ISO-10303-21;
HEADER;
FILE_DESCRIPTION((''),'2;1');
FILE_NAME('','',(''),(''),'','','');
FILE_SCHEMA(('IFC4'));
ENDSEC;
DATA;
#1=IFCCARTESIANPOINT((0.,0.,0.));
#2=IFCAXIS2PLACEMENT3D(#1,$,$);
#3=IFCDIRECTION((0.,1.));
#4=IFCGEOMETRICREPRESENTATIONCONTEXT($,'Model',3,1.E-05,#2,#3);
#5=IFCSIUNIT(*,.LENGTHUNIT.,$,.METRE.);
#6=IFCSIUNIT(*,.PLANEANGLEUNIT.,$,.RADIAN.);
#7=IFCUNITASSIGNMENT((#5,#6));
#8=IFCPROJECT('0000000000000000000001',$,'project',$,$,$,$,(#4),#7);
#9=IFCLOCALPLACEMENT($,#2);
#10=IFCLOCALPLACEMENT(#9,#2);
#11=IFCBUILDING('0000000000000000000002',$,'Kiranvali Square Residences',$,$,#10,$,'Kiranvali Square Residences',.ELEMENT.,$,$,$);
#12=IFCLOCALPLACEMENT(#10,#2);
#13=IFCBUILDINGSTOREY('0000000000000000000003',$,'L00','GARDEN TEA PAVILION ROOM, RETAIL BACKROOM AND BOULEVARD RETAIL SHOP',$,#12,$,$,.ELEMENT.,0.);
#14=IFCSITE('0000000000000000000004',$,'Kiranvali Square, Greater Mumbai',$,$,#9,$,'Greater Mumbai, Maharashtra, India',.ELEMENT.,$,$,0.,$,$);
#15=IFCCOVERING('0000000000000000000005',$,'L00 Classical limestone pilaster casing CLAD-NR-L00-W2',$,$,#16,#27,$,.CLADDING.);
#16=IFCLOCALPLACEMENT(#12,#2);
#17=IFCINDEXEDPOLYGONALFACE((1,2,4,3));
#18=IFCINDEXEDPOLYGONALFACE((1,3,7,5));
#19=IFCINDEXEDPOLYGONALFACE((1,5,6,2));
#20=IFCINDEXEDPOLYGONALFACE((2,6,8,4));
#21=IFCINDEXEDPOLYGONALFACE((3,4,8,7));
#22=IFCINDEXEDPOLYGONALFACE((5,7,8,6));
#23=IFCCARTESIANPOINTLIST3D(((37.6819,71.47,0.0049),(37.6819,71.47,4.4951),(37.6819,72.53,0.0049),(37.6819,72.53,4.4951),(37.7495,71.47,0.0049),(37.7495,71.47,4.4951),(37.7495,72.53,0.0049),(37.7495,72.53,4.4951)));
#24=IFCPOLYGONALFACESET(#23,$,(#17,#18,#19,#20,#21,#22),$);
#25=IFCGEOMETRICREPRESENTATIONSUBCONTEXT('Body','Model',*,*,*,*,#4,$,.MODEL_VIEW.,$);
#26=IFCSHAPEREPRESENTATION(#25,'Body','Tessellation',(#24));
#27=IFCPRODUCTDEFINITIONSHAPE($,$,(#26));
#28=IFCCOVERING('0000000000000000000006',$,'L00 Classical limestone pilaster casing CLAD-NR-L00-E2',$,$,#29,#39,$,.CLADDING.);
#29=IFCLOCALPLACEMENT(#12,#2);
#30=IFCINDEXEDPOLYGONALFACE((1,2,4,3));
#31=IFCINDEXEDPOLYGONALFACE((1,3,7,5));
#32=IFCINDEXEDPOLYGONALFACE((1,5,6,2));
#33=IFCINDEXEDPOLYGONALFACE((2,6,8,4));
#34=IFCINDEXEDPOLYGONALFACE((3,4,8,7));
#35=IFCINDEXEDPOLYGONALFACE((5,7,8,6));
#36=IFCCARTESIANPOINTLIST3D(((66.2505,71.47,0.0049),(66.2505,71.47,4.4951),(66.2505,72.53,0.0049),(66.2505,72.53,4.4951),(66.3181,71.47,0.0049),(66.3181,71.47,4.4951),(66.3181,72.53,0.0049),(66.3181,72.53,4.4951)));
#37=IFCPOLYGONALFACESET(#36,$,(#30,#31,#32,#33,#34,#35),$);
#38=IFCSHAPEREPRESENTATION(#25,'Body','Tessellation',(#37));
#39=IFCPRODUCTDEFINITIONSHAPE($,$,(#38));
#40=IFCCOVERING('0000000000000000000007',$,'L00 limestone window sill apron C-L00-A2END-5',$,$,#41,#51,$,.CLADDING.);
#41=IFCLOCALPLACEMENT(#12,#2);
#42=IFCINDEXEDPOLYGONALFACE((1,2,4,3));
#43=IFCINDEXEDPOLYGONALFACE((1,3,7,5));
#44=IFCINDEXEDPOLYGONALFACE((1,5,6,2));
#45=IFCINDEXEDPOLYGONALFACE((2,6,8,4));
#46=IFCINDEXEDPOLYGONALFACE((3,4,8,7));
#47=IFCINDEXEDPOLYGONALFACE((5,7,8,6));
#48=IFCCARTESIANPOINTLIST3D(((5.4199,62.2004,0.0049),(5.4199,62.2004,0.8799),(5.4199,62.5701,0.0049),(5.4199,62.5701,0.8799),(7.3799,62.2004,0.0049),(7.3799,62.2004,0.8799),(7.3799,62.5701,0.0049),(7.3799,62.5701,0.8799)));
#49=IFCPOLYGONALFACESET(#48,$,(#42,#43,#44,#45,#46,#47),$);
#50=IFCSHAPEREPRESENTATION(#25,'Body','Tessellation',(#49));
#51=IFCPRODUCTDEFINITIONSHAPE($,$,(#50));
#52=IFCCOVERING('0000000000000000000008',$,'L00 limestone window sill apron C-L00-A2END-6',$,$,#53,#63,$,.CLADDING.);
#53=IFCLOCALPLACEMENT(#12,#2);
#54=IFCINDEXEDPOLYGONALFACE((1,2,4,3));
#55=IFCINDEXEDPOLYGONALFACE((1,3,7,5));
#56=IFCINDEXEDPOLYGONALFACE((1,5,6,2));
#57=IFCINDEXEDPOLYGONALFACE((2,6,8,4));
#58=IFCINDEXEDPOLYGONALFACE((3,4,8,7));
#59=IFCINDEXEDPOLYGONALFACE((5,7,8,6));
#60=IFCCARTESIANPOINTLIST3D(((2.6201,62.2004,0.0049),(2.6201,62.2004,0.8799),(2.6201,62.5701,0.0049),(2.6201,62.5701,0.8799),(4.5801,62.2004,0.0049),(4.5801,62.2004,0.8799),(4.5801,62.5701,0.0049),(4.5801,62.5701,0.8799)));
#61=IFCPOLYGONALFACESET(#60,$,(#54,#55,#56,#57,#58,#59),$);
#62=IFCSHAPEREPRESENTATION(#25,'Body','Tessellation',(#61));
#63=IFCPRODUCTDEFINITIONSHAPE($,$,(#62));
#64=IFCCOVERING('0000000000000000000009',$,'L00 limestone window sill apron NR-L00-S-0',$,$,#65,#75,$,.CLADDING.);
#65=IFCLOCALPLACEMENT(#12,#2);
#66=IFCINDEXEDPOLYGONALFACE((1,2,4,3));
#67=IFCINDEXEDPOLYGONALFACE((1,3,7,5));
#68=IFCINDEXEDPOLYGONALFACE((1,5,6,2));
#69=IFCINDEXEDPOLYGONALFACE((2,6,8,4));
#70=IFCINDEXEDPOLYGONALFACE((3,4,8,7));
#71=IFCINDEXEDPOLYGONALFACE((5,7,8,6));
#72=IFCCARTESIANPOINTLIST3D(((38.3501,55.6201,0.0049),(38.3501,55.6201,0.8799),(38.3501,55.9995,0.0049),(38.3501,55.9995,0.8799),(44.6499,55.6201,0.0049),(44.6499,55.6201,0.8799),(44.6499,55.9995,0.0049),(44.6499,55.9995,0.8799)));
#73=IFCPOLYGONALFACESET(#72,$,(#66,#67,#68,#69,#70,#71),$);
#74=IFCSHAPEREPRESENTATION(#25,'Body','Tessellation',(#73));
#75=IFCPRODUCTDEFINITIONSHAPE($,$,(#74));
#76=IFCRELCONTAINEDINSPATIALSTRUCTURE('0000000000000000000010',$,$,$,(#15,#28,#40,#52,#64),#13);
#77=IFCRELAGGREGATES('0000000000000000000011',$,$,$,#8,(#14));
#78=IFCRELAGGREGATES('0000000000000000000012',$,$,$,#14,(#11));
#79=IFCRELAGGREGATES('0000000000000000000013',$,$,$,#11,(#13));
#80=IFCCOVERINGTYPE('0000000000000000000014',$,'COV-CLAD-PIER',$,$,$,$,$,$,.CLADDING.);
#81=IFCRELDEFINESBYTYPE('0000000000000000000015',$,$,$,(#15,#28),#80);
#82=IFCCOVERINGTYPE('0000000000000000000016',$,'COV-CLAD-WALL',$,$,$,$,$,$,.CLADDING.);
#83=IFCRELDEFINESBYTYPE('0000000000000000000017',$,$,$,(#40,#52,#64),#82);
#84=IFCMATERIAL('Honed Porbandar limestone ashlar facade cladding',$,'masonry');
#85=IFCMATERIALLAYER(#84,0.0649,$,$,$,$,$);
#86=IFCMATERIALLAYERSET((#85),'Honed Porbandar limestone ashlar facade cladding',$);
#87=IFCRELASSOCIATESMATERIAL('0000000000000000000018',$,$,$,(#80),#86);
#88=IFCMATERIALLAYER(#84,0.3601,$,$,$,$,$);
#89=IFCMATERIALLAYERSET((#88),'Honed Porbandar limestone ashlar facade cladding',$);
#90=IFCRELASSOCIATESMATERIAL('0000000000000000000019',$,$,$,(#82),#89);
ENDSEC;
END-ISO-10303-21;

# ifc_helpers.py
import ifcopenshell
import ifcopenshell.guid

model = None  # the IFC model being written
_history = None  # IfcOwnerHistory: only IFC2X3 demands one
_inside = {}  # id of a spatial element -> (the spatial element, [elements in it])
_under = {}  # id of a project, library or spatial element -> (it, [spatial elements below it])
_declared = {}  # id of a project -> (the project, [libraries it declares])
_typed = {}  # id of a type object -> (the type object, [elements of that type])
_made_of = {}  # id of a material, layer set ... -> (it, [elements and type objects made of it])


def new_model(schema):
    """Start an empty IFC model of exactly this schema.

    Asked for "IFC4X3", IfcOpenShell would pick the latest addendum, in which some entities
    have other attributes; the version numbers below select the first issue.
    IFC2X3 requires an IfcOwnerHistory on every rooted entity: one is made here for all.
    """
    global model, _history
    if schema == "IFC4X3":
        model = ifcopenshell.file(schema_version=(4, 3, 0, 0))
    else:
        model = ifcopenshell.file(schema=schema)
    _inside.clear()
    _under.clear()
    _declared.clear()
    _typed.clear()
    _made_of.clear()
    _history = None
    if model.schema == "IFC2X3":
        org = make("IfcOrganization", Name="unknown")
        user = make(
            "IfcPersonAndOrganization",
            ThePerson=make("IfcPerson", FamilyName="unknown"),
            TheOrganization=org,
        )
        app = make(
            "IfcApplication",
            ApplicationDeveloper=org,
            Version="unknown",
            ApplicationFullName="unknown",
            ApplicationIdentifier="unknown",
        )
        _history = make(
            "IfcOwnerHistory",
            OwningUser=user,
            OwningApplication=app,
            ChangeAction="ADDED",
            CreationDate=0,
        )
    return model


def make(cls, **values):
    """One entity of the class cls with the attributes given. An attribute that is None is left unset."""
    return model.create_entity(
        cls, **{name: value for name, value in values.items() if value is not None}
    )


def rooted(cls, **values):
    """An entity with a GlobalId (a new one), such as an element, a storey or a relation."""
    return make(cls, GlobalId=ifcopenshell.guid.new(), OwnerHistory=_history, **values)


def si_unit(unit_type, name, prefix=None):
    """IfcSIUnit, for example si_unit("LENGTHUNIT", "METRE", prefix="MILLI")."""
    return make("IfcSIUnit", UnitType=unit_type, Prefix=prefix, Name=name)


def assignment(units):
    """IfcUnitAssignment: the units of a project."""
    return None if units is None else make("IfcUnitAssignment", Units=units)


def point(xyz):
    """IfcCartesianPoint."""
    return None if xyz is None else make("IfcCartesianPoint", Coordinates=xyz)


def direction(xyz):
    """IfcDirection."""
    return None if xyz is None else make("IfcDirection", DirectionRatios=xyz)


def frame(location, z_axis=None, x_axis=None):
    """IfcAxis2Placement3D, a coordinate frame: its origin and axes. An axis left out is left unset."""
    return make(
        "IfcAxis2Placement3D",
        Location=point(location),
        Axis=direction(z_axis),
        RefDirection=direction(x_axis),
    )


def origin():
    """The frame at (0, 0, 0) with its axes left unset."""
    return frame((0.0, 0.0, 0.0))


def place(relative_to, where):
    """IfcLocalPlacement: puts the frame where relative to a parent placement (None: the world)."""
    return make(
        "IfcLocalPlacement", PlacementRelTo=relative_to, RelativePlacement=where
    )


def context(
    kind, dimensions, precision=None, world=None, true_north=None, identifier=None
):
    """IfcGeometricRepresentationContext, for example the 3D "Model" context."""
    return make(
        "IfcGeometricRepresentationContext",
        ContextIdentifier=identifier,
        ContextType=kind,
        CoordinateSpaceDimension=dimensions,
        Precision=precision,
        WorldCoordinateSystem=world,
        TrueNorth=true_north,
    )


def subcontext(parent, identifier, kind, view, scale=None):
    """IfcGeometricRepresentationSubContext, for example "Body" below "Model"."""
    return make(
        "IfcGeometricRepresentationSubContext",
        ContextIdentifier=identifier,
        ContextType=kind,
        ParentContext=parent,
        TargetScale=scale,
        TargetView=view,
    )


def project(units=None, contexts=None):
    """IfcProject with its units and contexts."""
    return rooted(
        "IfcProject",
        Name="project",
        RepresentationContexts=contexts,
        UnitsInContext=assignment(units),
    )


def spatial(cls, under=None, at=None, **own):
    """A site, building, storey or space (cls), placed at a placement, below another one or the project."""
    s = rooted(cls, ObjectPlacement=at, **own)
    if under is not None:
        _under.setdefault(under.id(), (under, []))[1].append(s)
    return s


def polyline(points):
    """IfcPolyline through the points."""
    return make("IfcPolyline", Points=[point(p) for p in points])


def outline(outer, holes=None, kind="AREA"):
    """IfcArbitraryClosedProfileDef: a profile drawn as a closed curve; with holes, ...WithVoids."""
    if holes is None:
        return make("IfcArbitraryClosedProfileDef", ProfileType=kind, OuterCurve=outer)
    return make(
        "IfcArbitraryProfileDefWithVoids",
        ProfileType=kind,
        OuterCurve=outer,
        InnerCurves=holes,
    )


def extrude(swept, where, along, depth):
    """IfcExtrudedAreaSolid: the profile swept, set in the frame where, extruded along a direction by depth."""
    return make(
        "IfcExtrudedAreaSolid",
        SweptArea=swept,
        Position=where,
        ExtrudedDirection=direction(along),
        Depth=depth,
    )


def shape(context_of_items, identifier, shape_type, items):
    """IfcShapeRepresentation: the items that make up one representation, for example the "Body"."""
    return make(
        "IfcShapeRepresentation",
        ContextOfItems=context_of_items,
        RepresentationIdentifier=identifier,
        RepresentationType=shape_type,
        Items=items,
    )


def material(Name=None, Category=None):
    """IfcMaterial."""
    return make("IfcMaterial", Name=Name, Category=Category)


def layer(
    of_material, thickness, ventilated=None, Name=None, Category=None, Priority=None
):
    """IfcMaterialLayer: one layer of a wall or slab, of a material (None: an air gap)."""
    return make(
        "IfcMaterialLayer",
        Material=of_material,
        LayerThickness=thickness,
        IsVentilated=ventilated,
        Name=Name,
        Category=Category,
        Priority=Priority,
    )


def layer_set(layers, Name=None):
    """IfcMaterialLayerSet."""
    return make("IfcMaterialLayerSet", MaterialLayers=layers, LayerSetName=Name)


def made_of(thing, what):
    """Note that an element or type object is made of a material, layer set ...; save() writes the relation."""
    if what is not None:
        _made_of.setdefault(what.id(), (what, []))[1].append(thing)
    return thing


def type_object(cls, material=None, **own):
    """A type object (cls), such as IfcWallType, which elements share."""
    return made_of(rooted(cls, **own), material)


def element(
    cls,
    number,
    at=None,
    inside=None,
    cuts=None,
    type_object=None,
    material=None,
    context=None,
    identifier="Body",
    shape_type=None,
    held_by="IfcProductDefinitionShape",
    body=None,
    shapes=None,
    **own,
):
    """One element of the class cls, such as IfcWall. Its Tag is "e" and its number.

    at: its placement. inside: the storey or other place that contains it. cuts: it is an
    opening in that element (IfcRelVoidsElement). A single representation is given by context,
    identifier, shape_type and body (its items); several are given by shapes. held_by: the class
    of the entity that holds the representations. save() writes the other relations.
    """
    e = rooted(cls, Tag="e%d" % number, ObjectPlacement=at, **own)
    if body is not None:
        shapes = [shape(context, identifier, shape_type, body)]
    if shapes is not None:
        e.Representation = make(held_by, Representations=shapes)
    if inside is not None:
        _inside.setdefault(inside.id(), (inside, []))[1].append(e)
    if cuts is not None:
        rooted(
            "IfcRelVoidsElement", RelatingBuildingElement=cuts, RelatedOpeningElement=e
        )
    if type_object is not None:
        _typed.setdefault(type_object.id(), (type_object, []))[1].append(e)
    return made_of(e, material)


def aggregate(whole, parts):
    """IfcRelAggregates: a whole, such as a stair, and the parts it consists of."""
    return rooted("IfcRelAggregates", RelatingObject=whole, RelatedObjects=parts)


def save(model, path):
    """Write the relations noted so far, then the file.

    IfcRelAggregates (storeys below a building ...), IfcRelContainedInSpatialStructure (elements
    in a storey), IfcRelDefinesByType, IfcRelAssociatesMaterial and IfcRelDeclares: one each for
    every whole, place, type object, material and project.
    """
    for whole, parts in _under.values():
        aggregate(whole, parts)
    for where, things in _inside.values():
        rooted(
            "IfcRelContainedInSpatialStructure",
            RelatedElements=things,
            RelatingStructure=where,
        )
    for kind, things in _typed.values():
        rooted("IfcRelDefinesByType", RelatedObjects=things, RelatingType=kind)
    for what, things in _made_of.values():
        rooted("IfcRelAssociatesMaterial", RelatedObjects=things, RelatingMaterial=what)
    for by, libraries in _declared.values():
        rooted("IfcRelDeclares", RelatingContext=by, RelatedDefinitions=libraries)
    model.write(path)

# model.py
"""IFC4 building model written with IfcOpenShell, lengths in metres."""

from ifc_helpers import new_model, si_unit, direction, frame, origin, place, context, subcontext, project, spatial, polyline, outline, extrude, material, layer, layer_set, type_object, element, save


model = new_model("IFC4")

# Units and contexts
model_context = context("Model", 3, precision=1e-05, world=origin(), true_north=direction((0.0, 1.0)))
body_context = subcontext(model_context, "Body", "Model", "MODEL_VIEW")
ifc_project = project(units=[si_unit("LENGTHUNIT", "METRE"), si_unit("PLANEANGLEUNIT", "RADIAN")], contexts=[model_context])

# Site, building, storey
site_placement = place(None, origin())
site = spatial("IfcSite", under=ifc_project, at=site_placement, Name="Kiranvali Square, Greater Mumbai", LongName="Greater Mumbai, Maharashtra, India", CompositionType="ELEMENT", RefElevation=0.0)
building_placement = place(site_placement, origin())
building = spatial("IfcBuilding", under=site, at=building_placement, Name="Kiranvali Square Residences", LongName="Kiranvali Square Residences", CompositionType="ELEMENT")
storey_placement = place(building_placement, origin())
storey = spatial("IfcBuildingStorey", under=building, at=storey_placement, Name="L00", Description="GARDEN TEA PAVILION ROOM, RETAIL BACKROOM AND BOULEVARD RETAIL SHOP", CompositionType="ELEMENT", Elevation=0.0)

# Coverings
ifc_material = material(Name="Honed Porbandar limestone ashlar facade cladding", Category="masonry")
ifc_layer_1 = layer(ifc_material, 0.0649)
ifc_layer_set_1 = layer_set([ifc_layer_1], Name="Honed Porbandar limestone ashlar facade cladding")
covering_type_1 = type_object("IfcCoveringType", Name="COV-CLAD-PIER", PredefinedType="CLADDING", material=ifc_layer_set_1)
covering_1_placement = place(storey_placement, frame((0.0, 0.0, 0.0049)))
element("IfcCovering", 1, at=covering_1_placement, inside=storey, type_object=covering_type_1, Name="L00 Classical limestone pilaster casing CLAD-NR-L00-W2", PredefinedType="CLADDING", context=body_context, shape_type="SweptSolid", body=[
    extrude(outline(polyline([(37.7495, 71.47), (37.7495, 72.53), (37.6819, 72.53), (37.6819, 71.47), (37.7495, 71.47)])), origin(), (0.0, 0.0, 1.0), 4.4902),
])
covering_2_placement = place(storey_placement, frame((0.0, 0.0, 0.0049)))
element("IfcCovering", 2, at=covering_2_placement, inside=storey, type_object=covering_type_1, Name="L00 Classical limestone pilaster casing CLAD-NR-L00-E2", PredefinedType="CLADDING", context=body_context, shape_type="SweptSolid", body=[
    extrude(outline(polyline([(66.3181, 71.47), (66.3181, 72.53), (66.2505, 72.53), (66.2505, 71.47), (66.3181, 71.47)])), origin(), (0.0, 0.0, 1.0), 4.4902),
])
ifc_layer_2 = layer(ifc_material, 0.3601)
ifc_layer_set_2 = layer_set([ifc_layer_2], Name="Honed Porbandar limestone ashlar facade cladding")
covering_type_2 = type_object("IfcCoveringType", Name="COV-CLAD-WALL", PredefinedType="CLADDING", material=ifc_layer_set_2)
covering_3_placement = place(storey_placement, frame((0.0, 0.0, 0.0049)))
element("IfcCovering", 3, at=covering_3_placement, inside=storey, type_object=covering_type_2, Name="L00 limestone window sill apron C-L00-A2END-5", PredefinedType="CLADDING", context=body_context, shape_type="SweptSolid", body=[
    extrude(outline(polyline([(7.3799, 62.5701), (5.4199, 62.5701), (5.4199, 62.2004), (7.3799, 62.2004), (7.3799, 62.5701)])), origin(), (0.0, 0.0, 1.0), 0.875),
])
covering_4_placement = place(storey_placement, frame((0.0, 0.0, 0.0049)))
element("IfcCovering", 4, at=covering_4_placement, inside=storey, type_object=covering_type_2, Name="L00 limestone window sill apron C-L00-A2END-6", PredefinedType="CLADDING", context=body_context, shape_type="SweptSolid", body=[
    extrude(outline(polyline([(4.5801, 62.5701), (2.6201, 62.5701), (2.6201, 62.2004), (4.5801, 62.2004), (4.5801, 62.5701)])), origin(), (0.0, 0.0, 1.0), 0.875),
])
covering_5_placement = place(storey_placement, frame((0.0, 0.0, 0.0049)))
element("IfcCovering", 5, at=covering_5_placement, inside=storey, type_object=covering_type_2, Name="L00 limestone window sill apron NR-L00-S-0", PredefinedType="CLADDING", context=body_context, shape_type="SweptSolid", body=[
    extrude(outline(polyline([(38.3501, 55.6201), (44.6499, 55.6201), (44.6499, 55.9995), (38.3501, 55.9995), (38.3501, 55.6201)])), origin(), (0.0, 0.0, 1.0), 0.875),
])

save(model, "model.ifc")
